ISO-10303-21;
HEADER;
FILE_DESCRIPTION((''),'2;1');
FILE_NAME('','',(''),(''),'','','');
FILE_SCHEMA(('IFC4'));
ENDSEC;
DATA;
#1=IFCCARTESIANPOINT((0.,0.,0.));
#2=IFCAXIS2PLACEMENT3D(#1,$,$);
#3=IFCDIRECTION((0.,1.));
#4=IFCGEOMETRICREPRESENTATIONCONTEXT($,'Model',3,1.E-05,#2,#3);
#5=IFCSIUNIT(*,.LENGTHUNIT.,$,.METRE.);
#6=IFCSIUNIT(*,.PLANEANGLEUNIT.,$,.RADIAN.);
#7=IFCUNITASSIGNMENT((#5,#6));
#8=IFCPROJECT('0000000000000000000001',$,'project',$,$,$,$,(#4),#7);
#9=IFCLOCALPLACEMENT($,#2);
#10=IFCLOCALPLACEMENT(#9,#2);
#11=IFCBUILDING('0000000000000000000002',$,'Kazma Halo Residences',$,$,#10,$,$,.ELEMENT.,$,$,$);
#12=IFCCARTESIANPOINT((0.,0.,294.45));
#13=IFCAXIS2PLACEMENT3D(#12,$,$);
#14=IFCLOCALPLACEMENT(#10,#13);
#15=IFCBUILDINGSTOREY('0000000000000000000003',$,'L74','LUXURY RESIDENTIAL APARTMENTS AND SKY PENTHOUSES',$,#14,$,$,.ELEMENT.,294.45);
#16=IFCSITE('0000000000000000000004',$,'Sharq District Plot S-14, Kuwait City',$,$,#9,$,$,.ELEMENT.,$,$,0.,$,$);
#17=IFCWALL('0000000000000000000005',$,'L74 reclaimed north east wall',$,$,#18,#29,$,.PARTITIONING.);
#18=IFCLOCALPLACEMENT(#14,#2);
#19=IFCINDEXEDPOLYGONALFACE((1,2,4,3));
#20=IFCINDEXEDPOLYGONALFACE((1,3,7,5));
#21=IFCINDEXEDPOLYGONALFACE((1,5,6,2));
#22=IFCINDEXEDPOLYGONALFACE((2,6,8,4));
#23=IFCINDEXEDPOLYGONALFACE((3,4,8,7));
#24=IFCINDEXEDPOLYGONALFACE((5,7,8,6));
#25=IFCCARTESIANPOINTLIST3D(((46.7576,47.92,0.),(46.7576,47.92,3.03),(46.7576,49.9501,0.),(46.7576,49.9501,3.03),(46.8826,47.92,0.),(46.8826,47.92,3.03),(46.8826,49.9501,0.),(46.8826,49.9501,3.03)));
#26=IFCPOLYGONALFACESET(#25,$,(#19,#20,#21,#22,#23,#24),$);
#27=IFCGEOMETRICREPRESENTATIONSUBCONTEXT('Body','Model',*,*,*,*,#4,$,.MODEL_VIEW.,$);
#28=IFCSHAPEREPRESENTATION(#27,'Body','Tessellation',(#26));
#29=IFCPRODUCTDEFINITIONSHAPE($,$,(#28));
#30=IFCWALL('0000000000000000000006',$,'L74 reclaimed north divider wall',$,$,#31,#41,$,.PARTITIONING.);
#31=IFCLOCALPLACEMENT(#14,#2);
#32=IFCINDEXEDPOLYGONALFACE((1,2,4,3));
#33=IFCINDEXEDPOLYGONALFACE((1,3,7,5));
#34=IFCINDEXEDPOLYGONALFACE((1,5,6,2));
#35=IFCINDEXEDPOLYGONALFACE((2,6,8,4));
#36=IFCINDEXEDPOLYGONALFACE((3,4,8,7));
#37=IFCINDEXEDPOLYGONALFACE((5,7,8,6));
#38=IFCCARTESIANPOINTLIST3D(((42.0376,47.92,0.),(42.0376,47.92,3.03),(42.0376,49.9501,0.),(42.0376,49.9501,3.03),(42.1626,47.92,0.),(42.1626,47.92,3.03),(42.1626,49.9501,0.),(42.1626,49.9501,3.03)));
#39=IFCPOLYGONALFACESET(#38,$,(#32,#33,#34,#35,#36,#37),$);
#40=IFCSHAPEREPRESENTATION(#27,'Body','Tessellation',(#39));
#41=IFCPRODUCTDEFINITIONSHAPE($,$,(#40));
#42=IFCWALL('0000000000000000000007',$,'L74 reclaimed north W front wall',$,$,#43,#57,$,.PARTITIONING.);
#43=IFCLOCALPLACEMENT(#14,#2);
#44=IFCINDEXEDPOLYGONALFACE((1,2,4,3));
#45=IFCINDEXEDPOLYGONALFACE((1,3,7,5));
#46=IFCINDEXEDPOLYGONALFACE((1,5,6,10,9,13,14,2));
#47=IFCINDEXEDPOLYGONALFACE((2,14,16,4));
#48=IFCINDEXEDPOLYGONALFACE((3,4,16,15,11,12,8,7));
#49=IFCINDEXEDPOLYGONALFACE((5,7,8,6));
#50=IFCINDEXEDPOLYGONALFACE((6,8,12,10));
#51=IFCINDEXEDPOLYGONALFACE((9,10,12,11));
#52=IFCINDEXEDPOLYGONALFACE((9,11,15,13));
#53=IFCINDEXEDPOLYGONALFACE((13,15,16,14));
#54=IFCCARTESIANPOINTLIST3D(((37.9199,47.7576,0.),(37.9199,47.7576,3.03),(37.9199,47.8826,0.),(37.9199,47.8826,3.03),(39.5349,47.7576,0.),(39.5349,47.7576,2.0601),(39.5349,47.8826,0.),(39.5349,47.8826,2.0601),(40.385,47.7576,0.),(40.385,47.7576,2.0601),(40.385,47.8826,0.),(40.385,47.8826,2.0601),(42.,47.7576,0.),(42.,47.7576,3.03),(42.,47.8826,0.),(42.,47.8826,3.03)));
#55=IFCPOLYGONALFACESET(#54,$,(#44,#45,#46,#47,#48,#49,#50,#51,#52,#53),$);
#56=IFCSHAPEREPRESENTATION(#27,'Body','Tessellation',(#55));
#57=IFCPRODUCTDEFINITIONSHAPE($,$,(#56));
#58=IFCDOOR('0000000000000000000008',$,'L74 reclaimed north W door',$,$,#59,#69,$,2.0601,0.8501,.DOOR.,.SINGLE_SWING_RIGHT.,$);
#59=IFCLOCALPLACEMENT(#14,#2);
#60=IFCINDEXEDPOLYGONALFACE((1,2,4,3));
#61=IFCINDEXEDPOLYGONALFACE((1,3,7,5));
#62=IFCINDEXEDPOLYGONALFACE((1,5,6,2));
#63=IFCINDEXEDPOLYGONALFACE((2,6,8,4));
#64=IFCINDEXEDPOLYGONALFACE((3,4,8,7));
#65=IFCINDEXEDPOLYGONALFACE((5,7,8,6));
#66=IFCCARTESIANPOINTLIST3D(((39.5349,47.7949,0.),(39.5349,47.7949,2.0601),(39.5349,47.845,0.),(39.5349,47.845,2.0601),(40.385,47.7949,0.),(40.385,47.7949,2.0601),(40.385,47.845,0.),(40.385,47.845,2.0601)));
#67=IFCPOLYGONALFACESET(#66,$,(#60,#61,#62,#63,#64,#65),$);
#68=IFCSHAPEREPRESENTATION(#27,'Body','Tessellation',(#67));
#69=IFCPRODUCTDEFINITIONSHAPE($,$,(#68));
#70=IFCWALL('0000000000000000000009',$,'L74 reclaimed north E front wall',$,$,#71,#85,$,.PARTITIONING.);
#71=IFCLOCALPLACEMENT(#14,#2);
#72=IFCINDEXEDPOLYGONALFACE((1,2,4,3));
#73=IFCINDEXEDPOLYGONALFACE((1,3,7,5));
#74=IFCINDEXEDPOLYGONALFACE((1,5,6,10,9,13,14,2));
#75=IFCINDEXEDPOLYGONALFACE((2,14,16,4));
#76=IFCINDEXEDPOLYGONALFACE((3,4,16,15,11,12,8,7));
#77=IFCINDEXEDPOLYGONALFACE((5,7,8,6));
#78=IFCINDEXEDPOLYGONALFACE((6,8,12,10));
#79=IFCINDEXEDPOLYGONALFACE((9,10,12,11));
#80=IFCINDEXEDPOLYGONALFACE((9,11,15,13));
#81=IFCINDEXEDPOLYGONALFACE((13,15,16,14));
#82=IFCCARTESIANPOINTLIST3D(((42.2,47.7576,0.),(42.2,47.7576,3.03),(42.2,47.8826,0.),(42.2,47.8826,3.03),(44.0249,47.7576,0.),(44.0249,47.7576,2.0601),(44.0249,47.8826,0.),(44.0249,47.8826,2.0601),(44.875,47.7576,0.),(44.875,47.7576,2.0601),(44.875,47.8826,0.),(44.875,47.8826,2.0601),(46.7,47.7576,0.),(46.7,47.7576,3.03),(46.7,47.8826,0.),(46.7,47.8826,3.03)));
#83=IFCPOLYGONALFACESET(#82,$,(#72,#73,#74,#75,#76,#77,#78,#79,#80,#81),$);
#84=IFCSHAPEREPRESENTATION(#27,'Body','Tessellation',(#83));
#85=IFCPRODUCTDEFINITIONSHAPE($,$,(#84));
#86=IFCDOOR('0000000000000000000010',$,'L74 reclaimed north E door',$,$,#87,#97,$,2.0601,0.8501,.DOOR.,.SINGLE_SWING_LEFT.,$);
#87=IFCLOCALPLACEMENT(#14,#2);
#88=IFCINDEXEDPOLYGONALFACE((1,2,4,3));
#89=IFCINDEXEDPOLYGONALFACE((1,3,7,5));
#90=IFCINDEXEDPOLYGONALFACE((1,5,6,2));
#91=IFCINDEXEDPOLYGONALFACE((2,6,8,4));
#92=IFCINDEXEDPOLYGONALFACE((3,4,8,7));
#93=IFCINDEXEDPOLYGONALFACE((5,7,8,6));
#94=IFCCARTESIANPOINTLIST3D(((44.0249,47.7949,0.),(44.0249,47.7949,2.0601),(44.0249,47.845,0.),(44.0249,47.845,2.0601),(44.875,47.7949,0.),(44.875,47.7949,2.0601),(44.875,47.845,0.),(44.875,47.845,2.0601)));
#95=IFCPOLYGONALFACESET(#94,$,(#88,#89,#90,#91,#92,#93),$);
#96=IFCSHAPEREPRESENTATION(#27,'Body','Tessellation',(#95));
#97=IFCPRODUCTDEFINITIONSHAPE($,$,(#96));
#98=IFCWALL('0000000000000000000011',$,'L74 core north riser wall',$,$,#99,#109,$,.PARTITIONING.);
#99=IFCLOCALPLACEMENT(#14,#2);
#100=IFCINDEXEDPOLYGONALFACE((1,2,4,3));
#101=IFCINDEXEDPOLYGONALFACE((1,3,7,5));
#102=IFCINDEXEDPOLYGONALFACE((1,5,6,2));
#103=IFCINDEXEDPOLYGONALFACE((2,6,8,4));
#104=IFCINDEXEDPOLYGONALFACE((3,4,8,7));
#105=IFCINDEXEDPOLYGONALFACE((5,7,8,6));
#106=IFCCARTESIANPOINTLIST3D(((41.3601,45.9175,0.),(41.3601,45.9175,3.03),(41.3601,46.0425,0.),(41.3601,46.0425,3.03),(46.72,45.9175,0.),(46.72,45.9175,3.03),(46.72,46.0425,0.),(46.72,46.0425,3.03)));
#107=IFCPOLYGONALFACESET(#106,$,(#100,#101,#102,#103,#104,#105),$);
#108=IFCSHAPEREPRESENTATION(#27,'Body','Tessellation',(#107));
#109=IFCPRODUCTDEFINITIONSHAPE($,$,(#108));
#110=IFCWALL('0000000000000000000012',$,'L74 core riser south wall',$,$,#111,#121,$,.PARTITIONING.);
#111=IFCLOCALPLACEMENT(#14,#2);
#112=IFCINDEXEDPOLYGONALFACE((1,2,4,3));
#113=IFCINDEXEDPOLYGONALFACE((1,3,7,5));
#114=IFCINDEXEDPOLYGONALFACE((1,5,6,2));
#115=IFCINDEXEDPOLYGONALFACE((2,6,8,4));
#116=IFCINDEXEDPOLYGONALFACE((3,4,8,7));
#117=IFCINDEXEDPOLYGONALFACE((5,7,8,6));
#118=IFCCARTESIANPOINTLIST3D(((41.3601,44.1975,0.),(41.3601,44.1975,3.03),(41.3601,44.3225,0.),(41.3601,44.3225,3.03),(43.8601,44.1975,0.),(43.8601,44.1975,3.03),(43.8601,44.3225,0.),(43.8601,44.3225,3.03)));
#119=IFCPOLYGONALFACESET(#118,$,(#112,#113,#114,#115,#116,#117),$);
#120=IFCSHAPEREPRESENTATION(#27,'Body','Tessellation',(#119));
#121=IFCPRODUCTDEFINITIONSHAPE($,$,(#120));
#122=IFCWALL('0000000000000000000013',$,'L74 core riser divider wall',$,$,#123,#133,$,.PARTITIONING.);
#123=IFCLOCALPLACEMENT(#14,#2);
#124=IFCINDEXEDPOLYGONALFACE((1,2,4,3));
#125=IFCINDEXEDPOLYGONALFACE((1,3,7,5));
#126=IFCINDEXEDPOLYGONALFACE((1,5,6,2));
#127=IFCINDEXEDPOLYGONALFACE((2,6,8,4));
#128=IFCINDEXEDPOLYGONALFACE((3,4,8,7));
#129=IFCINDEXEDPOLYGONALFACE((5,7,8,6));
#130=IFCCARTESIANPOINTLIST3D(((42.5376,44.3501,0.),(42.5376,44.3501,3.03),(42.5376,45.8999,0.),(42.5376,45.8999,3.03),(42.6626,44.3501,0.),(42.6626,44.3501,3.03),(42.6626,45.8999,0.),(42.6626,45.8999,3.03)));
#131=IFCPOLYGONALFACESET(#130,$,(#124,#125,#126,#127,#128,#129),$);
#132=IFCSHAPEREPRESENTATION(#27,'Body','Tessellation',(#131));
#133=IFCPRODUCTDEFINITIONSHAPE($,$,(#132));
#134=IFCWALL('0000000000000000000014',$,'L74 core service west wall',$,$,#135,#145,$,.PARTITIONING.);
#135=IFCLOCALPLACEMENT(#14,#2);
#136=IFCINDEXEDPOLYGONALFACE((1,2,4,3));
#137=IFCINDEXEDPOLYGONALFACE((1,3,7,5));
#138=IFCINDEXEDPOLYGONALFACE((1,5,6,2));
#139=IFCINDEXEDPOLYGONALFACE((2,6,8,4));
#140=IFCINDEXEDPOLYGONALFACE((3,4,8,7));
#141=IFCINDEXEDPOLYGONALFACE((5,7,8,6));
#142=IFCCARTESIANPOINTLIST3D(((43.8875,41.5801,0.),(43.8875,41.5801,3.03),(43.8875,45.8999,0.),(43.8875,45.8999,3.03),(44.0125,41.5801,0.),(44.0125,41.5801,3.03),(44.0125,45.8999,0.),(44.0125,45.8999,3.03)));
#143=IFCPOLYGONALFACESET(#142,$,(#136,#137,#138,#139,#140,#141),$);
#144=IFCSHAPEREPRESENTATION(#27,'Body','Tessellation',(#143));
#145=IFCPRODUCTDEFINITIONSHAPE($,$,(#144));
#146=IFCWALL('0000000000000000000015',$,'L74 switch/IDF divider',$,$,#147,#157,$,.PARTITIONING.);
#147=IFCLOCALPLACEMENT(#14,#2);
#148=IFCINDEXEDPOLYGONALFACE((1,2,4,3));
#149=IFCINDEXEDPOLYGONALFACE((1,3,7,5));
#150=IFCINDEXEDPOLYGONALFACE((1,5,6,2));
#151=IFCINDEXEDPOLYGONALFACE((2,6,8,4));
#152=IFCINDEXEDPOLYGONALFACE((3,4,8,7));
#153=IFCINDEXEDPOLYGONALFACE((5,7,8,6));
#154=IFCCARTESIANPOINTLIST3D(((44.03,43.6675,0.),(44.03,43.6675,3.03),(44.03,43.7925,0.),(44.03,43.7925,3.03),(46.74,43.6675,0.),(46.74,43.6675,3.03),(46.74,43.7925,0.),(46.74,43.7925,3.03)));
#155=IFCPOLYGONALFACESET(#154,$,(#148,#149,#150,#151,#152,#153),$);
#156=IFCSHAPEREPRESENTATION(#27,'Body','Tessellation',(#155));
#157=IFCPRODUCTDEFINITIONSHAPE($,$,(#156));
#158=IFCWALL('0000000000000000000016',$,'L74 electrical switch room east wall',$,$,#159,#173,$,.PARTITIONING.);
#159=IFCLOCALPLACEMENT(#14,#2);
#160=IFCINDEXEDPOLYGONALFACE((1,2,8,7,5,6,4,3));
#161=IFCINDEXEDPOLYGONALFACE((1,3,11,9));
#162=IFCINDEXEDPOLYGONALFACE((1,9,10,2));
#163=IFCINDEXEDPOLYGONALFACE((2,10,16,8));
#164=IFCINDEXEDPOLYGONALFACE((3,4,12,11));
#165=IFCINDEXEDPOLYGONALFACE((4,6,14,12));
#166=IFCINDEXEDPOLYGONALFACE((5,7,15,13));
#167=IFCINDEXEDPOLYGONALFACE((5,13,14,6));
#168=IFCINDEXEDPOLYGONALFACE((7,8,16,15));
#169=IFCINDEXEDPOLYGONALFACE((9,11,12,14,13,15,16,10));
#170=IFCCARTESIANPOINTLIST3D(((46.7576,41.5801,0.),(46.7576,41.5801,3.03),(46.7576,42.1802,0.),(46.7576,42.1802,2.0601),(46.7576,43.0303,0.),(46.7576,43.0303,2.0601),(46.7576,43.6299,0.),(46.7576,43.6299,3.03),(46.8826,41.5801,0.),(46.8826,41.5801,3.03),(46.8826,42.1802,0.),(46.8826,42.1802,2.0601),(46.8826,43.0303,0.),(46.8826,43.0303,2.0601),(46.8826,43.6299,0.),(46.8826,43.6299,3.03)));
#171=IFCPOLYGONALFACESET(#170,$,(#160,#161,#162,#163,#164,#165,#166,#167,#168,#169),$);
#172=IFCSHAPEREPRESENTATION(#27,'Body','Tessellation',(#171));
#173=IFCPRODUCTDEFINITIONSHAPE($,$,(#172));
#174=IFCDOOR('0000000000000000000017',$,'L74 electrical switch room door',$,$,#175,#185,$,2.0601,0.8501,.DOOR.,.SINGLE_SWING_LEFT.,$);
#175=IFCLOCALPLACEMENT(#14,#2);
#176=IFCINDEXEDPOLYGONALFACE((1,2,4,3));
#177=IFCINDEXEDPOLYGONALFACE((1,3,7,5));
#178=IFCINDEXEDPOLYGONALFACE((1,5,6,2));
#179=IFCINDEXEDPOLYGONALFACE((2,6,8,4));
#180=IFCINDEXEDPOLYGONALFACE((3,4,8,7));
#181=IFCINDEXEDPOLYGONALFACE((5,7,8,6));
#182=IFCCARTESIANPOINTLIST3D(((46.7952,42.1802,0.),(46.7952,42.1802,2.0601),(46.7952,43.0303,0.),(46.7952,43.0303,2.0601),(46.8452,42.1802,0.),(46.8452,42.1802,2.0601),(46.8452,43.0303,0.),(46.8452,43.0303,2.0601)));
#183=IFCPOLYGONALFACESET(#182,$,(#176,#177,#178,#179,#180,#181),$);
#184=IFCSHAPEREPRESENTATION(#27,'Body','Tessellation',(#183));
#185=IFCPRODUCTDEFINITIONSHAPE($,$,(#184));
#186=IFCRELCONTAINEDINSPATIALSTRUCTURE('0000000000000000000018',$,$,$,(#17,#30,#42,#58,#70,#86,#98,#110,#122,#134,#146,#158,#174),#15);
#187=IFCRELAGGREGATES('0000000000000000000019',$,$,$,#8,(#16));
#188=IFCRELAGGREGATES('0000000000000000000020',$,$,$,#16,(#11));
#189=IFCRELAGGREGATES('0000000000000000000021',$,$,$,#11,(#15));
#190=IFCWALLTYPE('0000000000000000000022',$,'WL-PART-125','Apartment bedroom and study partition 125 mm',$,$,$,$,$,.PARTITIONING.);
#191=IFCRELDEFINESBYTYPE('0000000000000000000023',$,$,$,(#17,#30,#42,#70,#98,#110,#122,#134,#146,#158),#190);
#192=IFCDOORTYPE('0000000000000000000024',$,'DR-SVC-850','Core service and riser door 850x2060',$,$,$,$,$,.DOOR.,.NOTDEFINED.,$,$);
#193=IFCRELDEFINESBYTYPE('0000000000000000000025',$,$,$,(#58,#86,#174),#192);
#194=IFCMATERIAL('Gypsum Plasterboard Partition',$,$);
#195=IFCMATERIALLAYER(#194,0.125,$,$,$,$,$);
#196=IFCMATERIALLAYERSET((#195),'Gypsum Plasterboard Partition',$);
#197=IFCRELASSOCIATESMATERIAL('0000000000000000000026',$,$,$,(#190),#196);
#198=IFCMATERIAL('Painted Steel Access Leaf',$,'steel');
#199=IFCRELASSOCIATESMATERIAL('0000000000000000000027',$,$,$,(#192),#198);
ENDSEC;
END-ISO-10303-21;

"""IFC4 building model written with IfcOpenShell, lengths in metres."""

from ifc_helpers import new_model, si_unit, direction, frame, frame_2d, origin, place, context, subcontext, project, spatial, rectangle, extrude, material, layer, layer_set, type_object, element, fill, save


model = new_model("IFC4")

# Units and contexts
model_context = context("Model", 3, precision=1e-05, world=origin(), true_north=direction((0.0, 1.0)))
body_context = subcontext(model_context, "Body", "Model", "MODEL_VIEW")
ifc_project = project(units=[si_unit("LENGTHUNIT", "METRE"), si_unit("PLANEANGLEUNIT", "RADIAN")], contexts=[model_context])

# Site, building, storey
site_placement = place(None, origin())
site = spatial("IfcSite", under=ifc_project, at=site_placement, Name="Sharq District Plot S-14, Kuwait City", CompositionType="ELEMENT", RefElevation=0.0)
building_placement = place(site_placement, origin())
building = spatial("IfcBuilding", under=site, at=building_placement, Name="Kazma Halo Residences", CompositionType="ELEMENT")
storey_placement = place(building_placement, frame((0.0, 0.0, 294.45)))
storey = spatial("IfcBuildingStorey", under=building, at=storey_placement, Name="L74", Description="LUXURY RESIDENTIAL APARTMENTS AND SKY PENTHOUSES", CompositionType="ELEMENT", Elevation=294.45)

# Walls
ifc_material_1 = material(Name="Gypsum Plasterboard Partition")
ifc_layer_1 = layer(ifc_material_1, 0.125)
ifc_layer_set_1 = layer_set([ifc_layer_1], Name="Gypsum Plasterboard Partition")
wall_type_1 = type_object("IfcWallType", Name="WL-PART-125", Description="Apartment bedroom and study partition 125 mm", PredefinedType="PARTITIONING", material=ifc_layer_set_1)
for number, where, z_axis, x_axis, name in (
    (1, (46.8201, 47.9199, 0.0), (0.0, 0.0, 1.0), (0.0, 1.0, 0.0), "L74 reclaimed north east wall"),
    (2, (42.1001, 47.9199, 0.0), (0.0, 0.0, 1.0), (0.0, 1.0, 0.0), "L74 reclaimed north divider wall"),
):
    element("IfcWall", number, at=place(storey_placement, frame(where, z_axis=z_axis, x_axis=x_axis)), inside=storey, type_object=wall_type_1, Name=name, PredefinedType="PARTITIONING", context=body_context, shape_type="SweptSolid", body=[
        extrude(rectangle(XDim=2.03, YDim=0.125, at=frame_2d((1.0151, 0.0))), origin(), (0.0, 0.0, 1.0), 3.03),
    ])

# Walls, openings, doors
wall_1_placement = place(storey_placement, frame((37.9199, 47.8201, 0.0), z_axis=(0.0, 0.0, 1.0), x_axis=(1.0, 0.0, 0.0)))
wall_1 = element("IfcWall", 3, at=wall_1_placement, inside=storey, type_object=wall_type_1, Name="L74 reclaimed north W front wall", PredefinedType="PARTITIONING", context=body_context, shape_type="SweptSolid", body=[
    extrude(rectangle(XDim=4.0801, YDim=0.125, at=frame_2d((2.04, 0.0))), origin(), (0.0, 0.0, 1.0), 3.03),
])
opening_1_placement = place(wall_1_placement, frame((1.615, 0.0, 0.0)))
opening_1 = element("IfcOpeningElement", 4, at=opening_1_placement, cuts=wall_1, PredefinedType="OPENING", context=body_context, shape_type="SweptSolid", body=[
    extrude(rectangle(XDim=0.8501, YDim=2.0601, at=frame_2d((0.425, 1.03))), frame((0.0, 0.0725, 0.0), z_axis=(0.0, -1.0, 0.0), x_axis=(1.0, 0.0, 0.0)), (0.0, 0.0, 1.0), 0.145),
])
ifc_material_2 = material(Name="Painted Steel Access Leaf", Category="steel")
door_type_1 = type_object("IfcDoorType", Name="DR-SVC-850", Description="Core service and riser door 850x2060", OperationType="NOTDEFINED", PredefinedType="DOOR", material=ifc_material_2)
door_1_placement = place(opening_1_placement, origin())
door_1 = element("IfcDoor", 5, at=door_1_placement, inside=storey, type_object=door_type_1, Name="L74 reclaimed north W door", OperationType="SINGLE_SWING_RIGHT", OverallHeight=2.0601, OverallWidth=0.8501, PredefinedType="DOOR", context=body_context, shape_type="SweptSolid", body=[
    extrude(rectangle(XDim=0.8501, YDim=2.0601, at=frame_2d((0.425, 1.03))), frame((0.0, 0.0249, 0.0), z_axis=(0.0, -1.0, 0.0), x_axis=(1.0, 0.0, 0.0)), (0.0, 0.0, 1.0), 0.05),
])
fill(opening_1, door_1)
wall_2_placement = place(storey_placement, frame((42.2, 47.8201, 0.0), z_axis=(0.0, 0.0, 1.0), x_axis=(1.0, 0.0, 0.0)))
wall_2 = element("IfcWall", 6, at=wall_2_placement, inside=storey, type_object=wall_type_1, Name="L74 reclaimed north E front wall", PredefinedType="PARTITIONING", context=body_context, shape_type="SweptSolid", body=[
    extrude(rectangle(XDim=4.5, YDim=0.125, at=frame_2d((2.25, 0.0))), origin(), (0.0, 0.0, 1.0), 3.03),
])
opening_2_placement = place(wall_2_placement, frame((1.825, 0.0, 0.0)))
opening_2 = element("IfcOpeningElement", 7, at=opening_2_placement, cuts=wall_2, PredefinedType="OPENING", context=body_context, shape_type="SweptSolid", body=[
    extrude(rectangle(XDim=0.8501, YDim=2.0601, at=frame_2d((0.425, 1.03))), frame((0.0, 0.0725, 0.0), z_axis=(0.0, -1.0, 0.0), x_axis=(1.0, 0.0, 0.0)), (0.0, 0.0, 1.0), 0.145),
])
door_2_placement = place(opening_2_placement, origin())
door_2 = element("IfcDoor", 8, at=door_2_placement, inside=storey, type_object=door_type_1, Name="L74 reclaimed north E door", OperationType="SINGLE_SWING_LEFT", OverallHeight=2.0601, OverallWidth=0.8501, PredefinedType="DOOR", context=body_context, shape_type="SweptSolid", body=[
    extrude(rectangle(XDim=0.8501, YDim=2.0601, at=frame_2d((0.425, 1.03))), frame((0.0, 0.0249, 0.0), z_axis=(0.0, -1.0, 0.0), x_axis=(1.0, 0.0, 0.0)), (0.0, 0.0, 1.0), 0.05),
])
fill(opening_2, door_2)

# Walls
wall_3_placement = place(storey_placement, frame((41.3601, 45.98, 0.0), z_axis=(0.0, 0.0, 1.0), x_axis=(1.0, 0.0, 0.0)))
element("IfcWall", 9, at=wall_3_placement, inside=storey, type_object=wall_type_1, Name="L74 core north riser wall", PredefinedType="PARTITIONING", context=body_context, shape_type="SweptSolid", body=[
    extrude(rectangle(XDim=5.3599, YDim=0.125, at=frame_2d((2.6799, 0.0))), origin(), (0.0, 0.0, 1.0), 3.03),
])
wall_4_placement = place(storey_placement, frame((41.3601, 44.26, 0.0), z_axis=(0.0, 0.0, 1.0), x_axis=(1.0, 0.0, 0.0)))
element("IfcWall", 10, at=wall_4_placement, inside=storey, type_object=wall_type_1, Name="L74 core riser south wall", PredefinedType="PARTITIONING", context=body_context, shape_type="SweptSolid", body=[
    extrude(rectangle(XDim=2.5, YDim=0.125, at=frame_2d((1.25, 0.0))), origin(), (0.0, 0.0, 1.0), 3.03),
])
wall_5_placement = place(storey_placement, frame((42.6001, 44.3501, 0.0), z_axis=(0.0, 0.0, 1.0), x_axis=(0.0, 1.0, 0.0)))
element("IfcWall", 11, at=wall_5_placement, inside=storey, type_object=wall_type_1, Name="L74 core riser divider wall", PredefinedType="PARTITIONING", context=body_context, shape_type="SweptSolid", body=[
    extrude(rectangle(XDim=1.5498, YDim=0.125, at=frame_2d((0.7749, 0.0))), origin(), (0.0, 0.0, 1.0), 3.03),
])
wall_6_placement = place(storey_placement, frame((43.95, 41.5801, 0.0), z_axis=(0.0, 0.0, 1.0), x_axis=(0.0, 1.0, 0.0)))
element("IfcWall", 12, at=wall_6_placement, inside=storey, type_object=wall_type_1, Name="L74 core service west wall", PredefinedType="PARTITIONING", context=body_context, shape_type="SweptSolid", body=[
    extrude(rectangle(XDim=4.3198, YDim=0.125, at=frame_2d((2.1599, 0.0))), origin(), (0.0, 0.0, 1.0), 3.03),
])
wall_7_placement = place(storey_placement, frame((44.03, 43.73, 0.0), z_axis=(0.0, 0.0, 1.0), x_axis=(1.0, 0.0, 0.0)))
element("IfcWall", 13, at=wall_7_placement, inside=storey, type_object=wall_type_1, Name="L74 switch/IDF divider", PredefinedType="PARTITIONING", context=body_context, shape_type="SweptSolid", body=[
    extrude(rectangle(XDim=2.71, YDim=0.125, at=frame_2d((1.355, 0.0))), origin(), (0.0, 0.0, 1.0), 3.03),
])

# Wall, opening, door
wall_8_placement = place(storey_placement, frame((46.8201, 41.5801, 0.0), z_axis=(0.0, 0.0, 1.0), x_axis=(0.0, 1.0, 0.0)))
wall_8 = element("IfcWall", 14, at=wall_8_placement, inside=storey, type_object=wall_type_1, Name="L74 electrical switch room east wall", PredefinedType="PARTITIONING", context=body_context, shape_type="SweptSolid", body=[
    extrude(rectangle(XDim=2.0498, YDim=0.125, at=frame_2d((1.0249, 0.0))), origin(), (0.0, 0.0, 1.0), 3.03),
])
opening_3_placement = place(wall_8_placement, frame((0.6001, 0.0, 0.0)))
opening_3 = element("IfcOpeningElement", 15, at=opening_3_placement, cuts=wall_8, PredefinedType="OPENING", context=body_context, shape_type="SweptSolid", body=[
    extrude(rectangle(XDim=0.8501, YDim=2.0601, at=frame_2d((0.425, 1.03))), frame((0.0, 0.0725, 0.0), z_axis=(0.0, -1.0, 0.0), x_axis=(1.0, 0.0, 0.0)), (0.0, 0.0, 1.0), 0.145),
])
door_3_placement = place(opening_3_placement, origin())
door_3 = element("IfcDoor", 16, at=door_3_placement, inside=storey, type_object=door_type_1, Name="L74 electrical switch room door", OperationType="SINGLE_SWING_LEFT", OverallHeight=2.0601, OverallWidth=0.8501, PredefinedType="DOOR", context=body_context, shape_type="SweptSolid", body=[
    extrude(rectangle(XDim=0.8501, YDim=2.0601, at=frame_2d((0.425, 1.03))), frame((0.0, 0.0249, 0.0), z_axis=(0.0, -1.0, 0.0), x_axis=(1.0, 0.0, 0.0)), (0.0, 0.0, 1.0), 0.05),
])
fill(opening_3, door_3)

save(model, "model.ifc")
